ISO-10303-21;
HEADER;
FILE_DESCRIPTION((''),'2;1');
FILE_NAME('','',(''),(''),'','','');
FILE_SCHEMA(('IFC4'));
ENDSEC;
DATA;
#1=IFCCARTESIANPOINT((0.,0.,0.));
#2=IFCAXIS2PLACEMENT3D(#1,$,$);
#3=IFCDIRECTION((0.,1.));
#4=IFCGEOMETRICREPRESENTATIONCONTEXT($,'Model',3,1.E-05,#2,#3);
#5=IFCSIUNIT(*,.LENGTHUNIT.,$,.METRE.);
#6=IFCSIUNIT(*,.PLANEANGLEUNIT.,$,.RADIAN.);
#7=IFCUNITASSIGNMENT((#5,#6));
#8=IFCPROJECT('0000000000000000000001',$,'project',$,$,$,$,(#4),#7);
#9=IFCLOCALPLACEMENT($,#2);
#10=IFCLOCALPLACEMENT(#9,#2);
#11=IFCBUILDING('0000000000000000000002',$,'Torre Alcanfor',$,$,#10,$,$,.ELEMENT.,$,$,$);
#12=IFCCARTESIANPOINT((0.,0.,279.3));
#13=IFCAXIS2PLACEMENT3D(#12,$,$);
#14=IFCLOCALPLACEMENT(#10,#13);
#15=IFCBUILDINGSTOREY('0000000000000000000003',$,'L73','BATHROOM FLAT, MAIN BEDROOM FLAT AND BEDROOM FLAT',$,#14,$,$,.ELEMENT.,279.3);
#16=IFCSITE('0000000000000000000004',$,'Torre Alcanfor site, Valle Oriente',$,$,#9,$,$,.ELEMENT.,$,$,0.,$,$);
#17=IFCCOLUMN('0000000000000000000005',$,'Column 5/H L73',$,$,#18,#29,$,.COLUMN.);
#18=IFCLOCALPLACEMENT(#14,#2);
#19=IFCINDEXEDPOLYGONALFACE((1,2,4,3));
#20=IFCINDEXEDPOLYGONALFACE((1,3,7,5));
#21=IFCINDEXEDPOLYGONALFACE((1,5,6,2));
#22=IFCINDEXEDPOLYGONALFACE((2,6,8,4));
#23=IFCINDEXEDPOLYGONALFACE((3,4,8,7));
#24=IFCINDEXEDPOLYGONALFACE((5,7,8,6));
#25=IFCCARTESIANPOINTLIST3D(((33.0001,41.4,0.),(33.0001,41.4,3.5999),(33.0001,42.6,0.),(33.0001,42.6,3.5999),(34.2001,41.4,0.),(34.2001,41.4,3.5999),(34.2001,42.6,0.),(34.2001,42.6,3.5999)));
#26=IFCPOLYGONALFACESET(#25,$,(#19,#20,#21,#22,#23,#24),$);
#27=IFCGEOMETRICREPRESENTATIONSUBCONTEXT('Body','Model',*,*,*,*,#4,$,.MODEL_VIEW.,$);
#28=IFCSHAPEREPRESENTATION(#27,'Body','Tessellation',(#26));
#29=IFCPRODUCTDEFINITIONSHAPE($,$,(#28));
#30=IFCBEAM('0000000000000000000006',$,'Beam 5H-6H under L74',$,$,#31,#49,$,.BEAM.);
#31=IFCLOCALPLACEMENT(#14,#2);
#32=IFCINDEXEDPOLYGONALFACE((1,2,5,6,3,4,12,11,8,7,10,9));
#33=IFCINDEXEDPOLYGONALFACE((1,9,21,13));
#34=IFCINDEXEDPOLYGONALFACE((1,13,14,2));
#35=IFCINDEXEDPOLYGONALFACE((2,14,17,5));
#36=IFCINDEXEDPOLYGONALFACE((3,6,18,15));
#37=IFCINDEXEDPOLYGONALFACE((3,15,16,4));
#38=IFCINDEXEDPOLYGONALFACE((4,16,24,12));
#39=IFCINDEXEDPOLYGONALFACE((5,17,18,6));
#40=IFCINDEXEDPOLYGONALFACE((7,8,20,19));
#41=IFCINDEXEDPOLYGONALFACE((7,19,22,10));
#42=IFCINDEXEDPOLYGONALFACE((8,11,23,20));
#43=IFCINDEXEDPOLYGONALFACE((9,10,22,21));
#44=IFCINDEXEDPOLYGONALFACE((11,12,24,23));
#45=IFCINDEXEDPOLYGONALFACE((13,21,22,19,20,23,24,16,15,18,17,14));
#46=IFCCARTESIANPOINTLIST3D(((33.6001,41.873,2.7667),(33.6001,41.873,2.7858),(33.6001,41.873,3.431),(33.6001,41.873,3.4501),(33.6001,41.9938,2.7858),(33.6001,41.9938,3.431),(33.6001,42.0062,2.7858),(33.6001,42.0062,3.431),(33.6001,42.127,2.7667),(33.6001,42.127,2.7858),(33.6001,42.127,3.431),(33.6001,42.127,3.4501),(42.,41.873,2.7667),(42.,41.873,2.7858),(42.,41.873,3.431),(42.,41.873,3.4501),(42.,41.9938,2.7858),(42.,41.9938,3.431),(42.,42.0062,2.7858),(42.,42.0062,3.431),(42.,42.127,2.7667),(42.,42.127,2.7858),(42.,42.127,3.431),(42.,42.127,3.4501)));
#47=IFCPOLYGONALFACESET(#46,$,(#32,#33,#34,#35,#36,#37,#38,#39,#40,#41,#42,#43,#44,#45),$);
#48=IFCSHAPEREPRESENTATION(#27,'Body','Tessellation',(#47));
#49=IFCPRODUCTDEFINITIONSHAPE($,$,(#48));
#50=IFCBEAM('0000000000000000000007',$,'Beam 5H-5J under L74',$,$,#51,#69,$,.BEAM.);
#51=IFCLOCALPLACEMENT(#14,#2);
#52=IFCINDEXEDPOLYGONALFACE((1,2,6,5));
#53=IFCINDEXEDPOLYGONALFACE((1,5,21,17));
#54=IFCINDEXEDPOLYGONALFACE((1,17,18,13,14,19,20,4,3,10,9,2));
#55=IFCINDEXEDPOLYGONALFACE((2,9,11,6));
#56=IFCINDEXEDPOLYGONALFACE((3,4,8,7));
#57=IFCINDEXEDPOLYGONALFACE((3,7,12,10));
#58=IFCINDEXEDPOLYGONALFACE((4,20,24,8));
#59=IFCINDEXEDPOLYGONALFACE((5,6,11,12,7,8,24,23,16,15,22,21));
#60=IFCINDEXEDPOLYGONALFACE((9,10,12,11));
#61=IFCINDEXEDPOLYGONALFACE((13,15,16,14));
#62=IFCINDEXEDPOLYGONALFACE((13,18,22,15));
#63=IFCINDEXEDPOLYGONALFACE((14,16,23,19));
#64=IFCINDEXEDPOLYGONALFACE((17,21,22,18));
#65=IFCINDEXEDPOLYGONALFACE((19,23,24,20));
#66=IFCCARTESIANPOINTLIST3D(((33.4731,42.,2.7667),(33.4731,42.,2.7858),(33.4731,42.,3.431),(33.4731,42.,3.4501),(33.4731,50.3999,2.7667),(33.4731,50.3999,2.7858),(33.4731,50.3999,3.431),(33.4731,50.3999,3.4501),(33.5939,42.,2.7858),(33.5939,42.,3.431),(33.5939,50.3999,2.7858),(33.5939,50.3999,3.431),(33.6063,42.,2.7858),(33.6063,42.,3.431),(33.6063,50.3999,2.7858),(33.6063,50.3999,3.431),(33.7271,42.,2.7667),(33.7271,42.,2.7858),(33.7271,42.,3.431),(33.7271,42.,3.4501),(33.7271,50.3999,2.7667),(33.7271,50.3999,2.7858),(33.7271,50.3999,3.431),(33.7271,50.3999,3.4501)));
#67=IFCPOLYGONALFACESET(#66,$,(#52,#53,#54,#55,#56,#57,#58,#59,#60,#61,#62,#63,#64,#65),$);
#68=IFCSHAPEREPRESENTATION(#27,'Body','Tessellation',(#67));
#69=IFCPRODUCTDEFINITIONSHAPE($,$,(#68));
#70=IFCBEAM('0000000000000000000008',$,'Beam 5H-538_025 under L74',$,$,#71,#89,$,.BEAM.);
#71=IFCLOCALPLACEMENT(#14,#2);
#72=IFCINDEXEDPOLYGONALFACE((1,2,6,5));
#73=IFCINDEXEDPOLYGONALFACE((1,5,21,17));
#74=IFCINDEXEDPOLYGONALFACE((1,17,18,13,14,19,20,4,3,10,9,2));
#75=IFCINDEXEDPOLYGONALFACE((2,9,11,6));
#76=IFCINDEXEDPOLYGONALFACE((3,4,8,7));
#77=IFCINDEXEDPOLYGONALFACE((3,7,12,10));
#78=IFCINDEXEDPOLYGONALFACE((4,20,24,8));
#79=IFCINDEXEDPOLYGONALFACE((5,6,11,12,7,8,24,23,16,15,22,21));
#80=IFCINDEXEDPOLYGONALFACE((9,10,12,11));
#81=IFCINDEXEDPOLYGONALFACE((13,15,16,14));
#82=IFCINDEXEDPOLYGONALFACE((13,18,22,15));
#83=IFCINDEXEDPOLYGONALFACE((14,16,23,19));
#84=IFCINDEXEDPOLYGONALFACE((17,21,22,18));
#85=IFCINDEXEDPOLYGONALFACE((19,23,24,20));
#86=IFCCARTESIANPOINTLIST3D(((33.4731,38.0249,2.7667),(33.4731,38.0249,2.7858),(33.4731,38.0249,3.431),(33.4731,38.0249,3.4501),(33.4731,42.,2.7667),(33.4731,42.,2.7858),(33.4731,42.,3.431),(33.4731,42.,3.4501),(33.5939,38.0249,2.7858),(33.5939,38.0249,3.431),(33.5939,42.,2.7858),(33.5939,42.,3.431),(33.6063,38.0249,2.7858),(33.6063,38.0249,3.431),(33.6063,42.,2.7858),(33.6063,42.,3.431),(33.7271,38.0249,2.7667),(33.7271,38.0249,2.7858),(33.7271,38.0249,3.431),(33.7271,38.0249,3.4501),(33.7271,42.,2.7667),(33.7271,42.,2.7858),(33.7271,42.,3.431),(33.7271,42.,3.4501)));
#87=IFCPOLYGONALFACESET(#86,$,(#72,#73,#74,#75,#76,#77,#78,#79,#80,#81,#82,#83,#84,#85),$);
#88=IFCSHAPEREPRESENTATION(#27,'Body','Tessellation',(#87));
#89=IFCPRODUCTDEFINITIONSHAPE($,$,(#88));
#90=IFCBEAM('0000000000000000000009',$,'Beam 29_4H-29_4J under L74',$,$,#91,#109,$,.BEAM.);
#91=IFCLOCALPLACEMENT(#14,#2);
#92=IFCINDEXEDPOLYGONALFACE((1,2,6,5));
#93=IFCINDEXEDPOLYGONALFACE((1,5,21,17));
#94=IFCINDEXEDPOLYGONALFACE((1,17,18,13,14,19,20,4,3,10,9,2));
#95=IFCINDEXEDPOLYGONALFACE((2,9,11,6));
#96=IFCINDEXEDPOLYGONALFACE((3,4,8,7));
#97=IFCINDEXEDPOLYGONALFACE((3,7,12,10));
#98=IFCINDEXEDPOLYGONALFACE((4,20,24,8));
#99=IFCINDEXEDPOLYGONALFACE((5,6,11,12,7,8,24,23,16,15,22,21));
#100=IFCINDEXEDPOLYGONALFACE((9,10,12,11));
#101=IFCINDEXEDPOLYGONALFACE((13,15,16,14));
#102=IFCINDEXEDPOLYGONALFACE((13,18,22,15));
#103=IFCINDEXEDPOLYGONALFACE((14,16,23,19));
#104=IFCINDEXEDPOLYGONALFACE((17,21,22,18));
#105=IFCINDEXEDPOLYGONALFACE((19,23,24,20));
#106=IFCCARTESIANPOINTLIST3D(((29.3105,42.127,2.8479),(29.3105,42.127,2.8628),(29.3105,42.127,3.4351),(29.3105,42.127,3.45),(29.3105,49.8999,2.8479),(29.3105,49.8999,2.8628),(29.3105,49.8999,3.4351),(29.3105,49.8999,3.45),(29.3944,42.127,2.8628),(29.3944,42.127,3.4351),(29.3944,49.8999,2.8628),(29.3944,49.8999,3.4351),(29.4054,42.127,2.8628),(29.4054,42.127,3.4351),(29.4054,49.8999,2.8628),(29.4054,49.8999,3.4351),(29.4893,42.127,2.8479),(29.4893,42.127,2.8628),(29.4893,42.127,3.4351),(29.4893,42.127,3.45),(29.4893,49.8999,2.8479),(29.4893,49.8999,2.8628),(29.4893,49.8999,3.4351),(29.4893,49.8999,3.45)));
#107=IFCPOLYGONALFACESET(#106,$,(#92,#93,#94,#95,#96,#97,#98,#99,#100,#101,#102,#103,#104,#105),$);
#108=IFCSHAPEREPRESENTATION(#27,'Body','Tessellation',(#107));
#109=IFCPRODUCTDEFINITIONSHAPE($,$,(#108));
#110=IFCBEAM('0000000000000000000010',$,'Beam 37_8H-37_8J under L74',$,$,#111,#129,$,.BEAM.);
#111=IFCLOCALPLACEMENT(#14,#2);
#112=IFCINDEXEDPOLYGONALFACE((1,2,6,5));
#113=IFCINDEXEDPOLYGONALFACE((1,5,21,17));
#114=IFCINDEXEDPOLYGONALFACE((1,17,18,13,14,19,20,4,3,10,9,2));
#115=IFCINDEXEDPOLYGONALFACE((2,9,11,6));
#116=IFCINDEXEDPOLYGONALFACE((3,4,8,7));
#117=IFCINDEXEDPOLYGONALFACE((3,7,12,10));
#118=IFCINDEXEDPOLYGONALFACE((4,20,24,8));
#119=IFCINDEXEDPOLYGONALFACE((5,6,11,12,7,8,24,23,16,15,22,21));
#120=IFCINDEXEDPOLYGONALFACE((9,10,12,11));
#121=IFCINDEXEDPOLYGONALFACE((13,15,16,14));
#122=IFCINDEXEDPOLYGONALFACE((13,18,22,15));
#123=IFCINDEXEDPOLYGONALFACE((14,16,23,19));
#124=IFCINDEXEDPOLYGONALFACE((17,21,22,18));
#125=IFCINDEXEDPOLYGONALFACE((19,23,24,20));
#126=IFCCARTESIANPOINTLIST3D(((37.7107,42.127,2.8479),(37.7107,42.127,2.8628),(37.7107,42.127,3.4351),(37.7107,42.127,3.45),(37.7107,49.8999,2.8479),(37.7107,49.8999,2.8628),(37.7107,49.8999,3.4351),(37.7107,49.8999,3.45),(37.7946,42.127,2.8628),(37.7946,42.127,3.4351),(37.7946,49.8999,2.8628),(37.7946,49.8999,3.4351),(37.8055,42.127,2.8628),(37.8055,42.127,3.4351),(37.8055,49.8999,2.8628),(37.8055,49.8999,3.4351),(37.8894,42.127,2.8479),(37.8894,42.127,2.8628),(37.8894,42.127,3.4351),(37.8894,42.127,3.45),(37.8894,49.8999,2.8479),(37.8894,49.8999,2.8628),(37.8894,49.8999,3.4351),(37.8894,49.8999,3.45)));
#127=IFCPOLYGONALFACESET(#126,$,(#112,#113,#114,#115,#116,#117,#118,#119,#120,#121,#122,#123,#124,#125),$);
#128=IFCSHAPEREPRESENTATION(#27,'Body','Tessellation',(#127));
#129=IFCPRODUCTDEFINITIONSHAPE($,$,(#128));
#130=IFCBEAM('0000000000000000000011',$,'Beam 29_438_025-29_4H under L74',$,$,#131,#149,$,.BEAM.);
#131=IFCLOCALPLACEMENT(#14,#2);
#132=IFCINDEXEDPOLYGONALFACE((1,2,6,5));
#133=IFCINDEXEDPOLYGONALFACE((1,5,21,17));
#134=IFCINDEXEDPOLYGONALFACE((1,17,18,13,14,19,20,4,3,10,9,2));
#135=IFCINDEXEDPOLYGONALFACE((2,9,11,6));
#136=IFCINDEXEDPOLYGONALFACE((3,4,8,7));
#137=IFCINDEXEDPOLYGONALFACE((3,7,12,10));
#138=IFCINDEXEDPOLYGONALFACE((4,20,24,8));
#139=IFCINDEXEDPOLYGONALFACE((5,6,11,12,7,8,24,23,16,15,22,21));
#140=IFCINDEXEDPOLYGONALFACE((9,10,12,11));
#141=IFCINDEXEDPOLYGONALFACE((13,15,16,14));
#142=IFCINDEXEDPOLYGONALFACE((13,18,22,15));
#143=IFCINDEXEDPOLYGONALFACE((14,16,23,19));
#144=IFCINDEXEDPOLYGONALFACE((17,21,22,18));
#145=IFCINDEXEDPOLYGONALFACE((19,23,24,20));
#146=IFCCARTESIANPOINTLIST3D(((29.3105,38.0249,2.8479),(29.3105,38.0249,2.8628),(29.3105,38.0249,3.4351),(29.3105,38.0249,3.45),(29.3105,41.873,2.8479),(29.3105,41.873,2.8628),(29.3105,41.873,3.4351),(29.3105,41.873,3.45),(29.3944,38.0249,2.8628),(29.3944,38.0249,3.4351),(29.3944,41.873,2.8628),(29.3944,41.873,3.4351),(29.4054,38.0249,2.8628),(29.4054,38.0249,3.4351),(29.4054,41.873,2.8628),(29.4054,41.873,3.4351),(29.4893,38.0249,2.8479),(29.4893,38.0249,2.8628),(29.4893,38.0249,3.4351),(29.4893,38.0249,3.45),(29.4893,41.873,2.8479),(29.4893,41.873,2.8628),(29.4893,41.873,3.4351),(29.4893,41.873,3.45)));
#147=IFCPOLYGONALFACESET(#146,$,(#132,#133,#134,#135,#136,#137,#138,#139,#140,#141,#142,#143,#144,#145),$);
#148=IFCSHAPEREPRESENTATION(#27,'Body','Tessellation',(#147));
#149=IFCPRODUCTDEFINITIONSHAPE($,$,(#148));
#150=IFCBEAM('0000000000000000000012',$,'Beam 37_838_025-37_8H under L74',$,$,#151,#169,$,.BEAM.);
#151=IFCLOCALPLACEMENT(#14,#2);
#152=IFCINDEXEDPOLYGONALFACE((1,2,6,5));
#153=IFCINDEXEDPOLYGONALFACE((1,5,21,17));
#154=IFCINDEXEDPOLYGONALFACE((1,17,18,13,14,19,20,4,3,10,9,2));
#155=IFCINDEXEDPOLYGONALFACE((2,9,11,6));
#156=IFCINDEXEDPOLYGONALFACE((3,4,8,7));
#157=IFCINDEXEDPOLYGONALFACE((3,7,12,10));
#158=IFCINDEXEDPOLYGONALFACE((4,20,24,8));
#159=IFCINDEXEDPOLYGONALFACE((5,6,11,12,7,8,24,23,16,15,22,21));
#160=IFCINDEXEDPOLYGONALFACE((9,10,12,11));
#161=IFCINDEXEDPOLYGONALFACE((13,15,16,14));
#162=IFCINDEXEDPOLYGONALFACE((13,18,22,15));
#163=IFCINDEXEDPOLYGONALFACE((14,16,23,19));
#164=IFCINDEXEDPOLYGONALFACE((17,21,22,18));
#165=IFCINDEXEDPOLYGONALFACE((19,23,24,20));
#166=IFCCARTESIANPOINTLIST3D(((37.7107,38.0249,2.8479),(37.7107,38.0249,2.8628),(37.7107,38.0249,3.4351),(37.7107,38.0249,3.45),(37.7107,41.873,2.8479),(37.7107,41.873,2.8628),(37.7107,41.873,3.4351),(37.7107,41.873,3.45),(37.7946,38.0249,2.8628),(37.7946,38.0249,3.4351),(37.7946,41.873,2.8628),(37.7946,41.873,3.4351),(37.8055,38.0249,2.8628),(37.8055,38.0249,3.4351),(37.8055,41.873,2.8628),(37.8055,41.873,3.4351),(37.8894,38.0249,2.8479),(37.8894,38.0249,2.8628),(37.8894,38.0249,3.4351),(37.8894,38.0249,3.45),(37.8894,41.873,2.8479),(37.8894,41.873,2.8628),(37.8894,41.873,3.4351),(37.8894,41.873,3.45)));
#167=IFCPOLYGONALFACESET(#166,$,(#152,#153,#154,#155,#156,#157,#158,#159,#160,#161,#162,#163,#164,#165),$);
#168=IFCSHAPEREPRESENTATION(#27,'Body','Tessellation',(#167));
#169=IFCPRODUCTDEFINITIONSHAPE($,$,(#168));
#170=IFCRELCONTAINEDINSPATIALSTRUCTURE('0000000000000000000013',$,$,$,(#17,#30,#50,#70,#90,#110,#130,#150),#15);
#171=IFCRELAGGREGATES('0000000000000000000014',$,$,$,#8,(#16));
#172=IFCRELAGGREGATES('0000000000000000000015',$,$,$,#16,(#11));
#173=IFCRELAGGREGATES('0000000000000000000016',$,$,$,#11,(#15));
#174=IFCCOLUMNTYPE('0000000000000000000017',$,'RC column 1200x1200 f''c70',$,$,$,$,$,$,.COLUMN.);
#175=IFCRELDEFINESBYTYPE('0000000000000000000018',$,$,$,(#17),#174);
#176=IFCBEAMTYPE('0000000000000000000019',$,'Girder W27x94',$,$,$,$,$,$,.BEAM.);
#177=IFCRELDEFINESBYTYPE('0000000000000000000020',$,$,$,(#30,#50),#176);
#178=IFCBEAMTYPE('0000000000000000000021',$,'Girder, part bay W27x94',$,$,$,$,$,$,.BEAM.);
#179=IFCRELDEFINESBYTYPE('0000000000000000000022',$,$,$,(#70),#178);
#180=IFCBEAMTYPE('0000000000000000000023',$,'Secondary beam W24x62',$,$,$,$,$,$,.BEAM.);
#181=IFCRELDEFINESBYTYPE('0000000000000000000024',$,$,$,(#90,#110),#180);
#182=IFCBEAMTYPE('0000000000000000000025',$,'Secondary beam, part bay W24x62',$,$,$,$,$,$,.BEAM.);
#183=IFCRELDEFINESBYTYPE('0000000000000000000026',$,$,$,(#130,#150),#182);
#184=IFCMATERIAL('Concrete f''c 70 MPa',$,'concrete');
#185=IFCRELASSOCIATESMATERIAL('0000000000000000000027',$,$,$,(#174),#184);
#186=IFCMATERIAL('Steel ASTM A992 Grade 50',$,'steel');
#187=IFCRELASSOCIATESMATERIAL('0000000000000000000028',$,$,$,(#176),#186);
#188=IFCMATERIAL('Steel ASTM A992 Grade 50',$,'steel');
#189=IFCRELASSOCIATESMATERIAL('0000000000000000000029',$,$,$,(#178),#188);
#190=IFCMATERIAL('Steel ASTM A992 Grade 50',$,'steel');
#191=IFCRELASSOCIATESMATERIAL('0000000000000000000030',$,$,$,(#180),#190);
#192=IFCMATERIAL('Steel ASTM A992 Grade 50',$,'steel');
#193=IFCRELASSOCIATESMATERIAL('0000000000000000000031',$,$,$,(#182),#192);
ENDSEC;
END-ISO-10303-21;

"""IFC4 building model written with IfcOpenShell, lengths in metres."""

from ifc_helpers import new_model, si_unit, direction, frame, origin, origin_2d, place, context, subcontext, project, spatial, rectangle, i_section, extrude, material, material_profile, profile_set, type_object, element, save


model = new_model("IFC4")

# Units and contexts
model_context = context("Model", 3, precision=1e-05, world=origin(), true_north=direction((0.0, 1.0)))
body_context = subcontext(model_context, "Body", "Model", "MODEL_VIEW")
ifc_project = project(units=[si_unit("LENGTHUNIT", "METRE"), si_unit("PLANEANGLEUNIT", "RADIAN")], contexts=[model_context])

# Site, building, storey
site_placement = place(None, origin())
site = spatial("IfcSite", under=ifc_project, at=site_placement, Name="Torre Alcanfor site, Valle Oriente", CompositionType="ELEMENT", RefElevation=0.0)
building_placement = place(site_placement, origin())
building = spatial("IfcBuilding", under=site, at=building_placement, Name="Torre Alcanfor", CompositionType="ELEMENT")
storey_placement = place(building_placement, frame((0.0, 0.0, 279.3)))
storey = spatial("IfcBuildingStorey", under=building, at=storey_placement, Name="L73", Description="BATHROOM FLAT, MAIN BEDROOM FLAT AND BEDROOM FLAT", CompositionType="ELEMENT", Elevation=279.3)

# Column
ifc_material_1 = material(Name="Concrete f'c 70 MPa", Category="concrete")
ifc_material_profile_1 = material_profile(ifc_material_1, rectangle(XDim=1.2, YDim=1.2, at=origin_2d()), Name="1200x1200")
ifc_profile_set_1 = profile_set([ifc_material_profile_1], Name="Concrete f'c 70 MPa")
column_type = type_object("IfcColumnType", Name="RC column 1200x1200 f'c70", PredefinedType="COLUMN", material=ifc_profile_set_1)
column_placement = place(storey_placement, frame((33.6001, 42.0, 0.0), z_axis=(0.0, 0.0, 1.0), x_axis=(1.0, 0.0, 0.0)))
element("IfcColumn", 1, at=column_placement, inside=storey, type_object=column_type, Name="Column 5/H L73", PredefinedType="COLUMN", context=body_context, shape_type="SweptSolid", body=[
    extrude(rectangle(XDim=1.2, YDim=1.2, at=origin_2d()), origin(), (0.0, 0.0, 1.0), 3.5999),
])

# Beams
ifc_material_2 = material(Name="Steel ASTM A992 Grade 50", Category="steel")
ifc_material_profile_2 = material_profile(ifc_material_2, i_section(OverallWidth=0.2539, OverallDepth=0.6833, WebThickness=0.0125, FlangeThickness=0.019, at=origin_2d()), Name="W27x94")
ifc_profile_set_2 = profile_set([ifc_material_profile_2], Name="Steel ASTM A992 Grade 50")
beam_type_1 = type_object("IfcBeamType", Name="Girder W27x94", PredefinedType="BEAM", material=ifc_profile_set_2)
for number, where, z_axis, x_axis, name in (
    (2, (33.6001, 42.0, 3.1084), (1.0, 0.0, 0.0), (0.0, 1.0, 0.0), "Beam 5H-6H under L74"),
    (3, (33.6001, 42.0, 3.1084), (0.0, 1.0, 0.0), (-1.0, 0.0, 0.0), "Beam 5H-5J under L74"),
):
    element("IfcBeam", number, at=place(storey_placement, frame(where, z_axis=z_axis, x_axis=x_axis)), inside=storey, type_object=beam_type_1, Name=name, PredefinedType="BEAM", context=body_context, shape_type="SweptSolid", body=[
        extrude(i_section(OverallWidth=0.2539, OverallDepth=0.6833, WebThickness=0.0125, FlangeThickness=0.019, at=origin_2d()), origin(), (0.0, 0.0, 1.0), 8.3999),
    ])
ifc_material_3 = material(Name="Steel ASTM A992 Grade 50", Category="steel")
ifc_material_profile_3 = material_profile(ifc_material_3, i_section(OverallWidth=0.2539, OverallDepth=0.6833, WebThickness=0.0125, FlangeThickness=0.019, at=origin_2d()), Name="W27x94")
ifc_profile_set_3 = profile_set([ifc_material_profile_3], Name="Steel ASTM A992 Grade 50")
beam_type_2 = type_object("IfcBeamType", Name="Girder, part bay W27x94", PredefinedType="BEAM", material=ifc_profile_set_3)
beam_1_placement = place(storey_placement, frame((33.6001, 42.0, 3.1084), z_axis=(0.0, -1.0, 0.0), x_axis=(1.0, 0.0, 0.0)))
element("IfcBeam", 4, at=beam_1_placement, inside=storey, type_object=beam_type_2, Name="Beam 5H-538_025 under L74", PredefinedType="BEAM", context=body_context, shape_type="SweptSolid", body=[
    extrude(i_section(OverallWidth=0.2539, OverallDepth=0.6833, WebThickness=0.0125, FlangeThickness=0.019, at=origin_2d()), origin(), (0.0, 0.0, 1.0), 3.9751),
])
ifc_material_4 = material(Name="Steel ASTM A992 Grade 50", Category="steel")
ifc_material_profile_4 = material_profile(ifc_material_4, i_section(OverallWidth=0.1787, OverallDepth=0.6021, WebThickness=0.011, FlangeThickness=0.0149, at=origin_2d()), Name="W24x62")
ifc_profile_set_4 = profile_set([ifc_material_profile_4], Name="Steel ASTM A992 Grade 50")
beam_type_3 = type_object("IfcBeamType", Name="Secondary beam W24x62", PredefinedType="BEAM", material=ifc_profile_set_4)
for number, where, z_axis, x_axis, name in (
    (5, (29.3999, 42.127, 3.1489), (0.0, 1.0, 0.0), (-1.0, 0.0, 0.0), "Beam 29_4H-29_4J under L74"),
    (6, (37.8, 42.127, 3.1489), (0.0, 1.0, 0.0), (-1.0, 0.0, 0.0), "Beam 37_8H-37_8J under L74"),
):
    element("IfcBeam", number, at=place(storey_placement, frame(where, z_axis=z_axis, x_axis=x_axis)), inside=storey, type_object=beam_type_3, Name=name, PredefinedType="BEAM", context=body_context, shape_type="SweptSolid", body=[
        extrude(i_section(OverallWidth=0.1787, OverallDepth=0.6021, WebThickness=0.011, FlangeThickness=0.0149, at=origin_2d()), origin(), (0.0, 0.0, 1.0), 7.7729),
    ])
ifc_material_5 = material(Name="Steel ASTM A992 Grade 50", Category="steel")
ifc_material_profile_5 = material_profile(ifc_material_5, i_section(OverallWidth=0.1787, OverallDepth=0.6021, WebThickness=0.011, FlangeThickness=0.0149, at=origin_2d()), Name="W24x62")
ifc_profile_set_5 = profile_set([ifc_material_profile_5], Name="Steel ASTM A992 Grade 50")
beam_type_4 = type_object("IfcBeamType", Name="Secondary beam, part bay W24x62", PredefinedType="BEAM", material=ifc_profile_set_5)
for number, where, z_axis, x_axis, name in (
    (7, (29.3999, 38.0249, 3.1489), (0.0, 1.0, 0.0), (-1.0, 0.0, 0.0), "Beam 29_438_025-29_4H under L74"),
    (8, (37.8, 38.0249, 3.1489), (0.0, 1.0, 0.0), (-1.0, 0.0, 0.0), "Beam 37_838_025-37_8H under L74"),
):
    element("IfcBeam", number, at=place(storey_placement, frame(where, z_axis=z_axis, x_axis=x_axis)), inside=storey, type_object=beam_type_4, Name=name, PredefinedType="BEAM", context=body_context, shape_type="SweptSolid", body=[
        extrude(i_section(OverallWidth=0.1787, OverallDepth=0.6021, WebThickness=0.011, FlangeThickness=0.0149, at=origin_2d()), origin(), (0.0, 0.0, 1.0), 3.8481),
    ])

save(model, "model.ifc")
